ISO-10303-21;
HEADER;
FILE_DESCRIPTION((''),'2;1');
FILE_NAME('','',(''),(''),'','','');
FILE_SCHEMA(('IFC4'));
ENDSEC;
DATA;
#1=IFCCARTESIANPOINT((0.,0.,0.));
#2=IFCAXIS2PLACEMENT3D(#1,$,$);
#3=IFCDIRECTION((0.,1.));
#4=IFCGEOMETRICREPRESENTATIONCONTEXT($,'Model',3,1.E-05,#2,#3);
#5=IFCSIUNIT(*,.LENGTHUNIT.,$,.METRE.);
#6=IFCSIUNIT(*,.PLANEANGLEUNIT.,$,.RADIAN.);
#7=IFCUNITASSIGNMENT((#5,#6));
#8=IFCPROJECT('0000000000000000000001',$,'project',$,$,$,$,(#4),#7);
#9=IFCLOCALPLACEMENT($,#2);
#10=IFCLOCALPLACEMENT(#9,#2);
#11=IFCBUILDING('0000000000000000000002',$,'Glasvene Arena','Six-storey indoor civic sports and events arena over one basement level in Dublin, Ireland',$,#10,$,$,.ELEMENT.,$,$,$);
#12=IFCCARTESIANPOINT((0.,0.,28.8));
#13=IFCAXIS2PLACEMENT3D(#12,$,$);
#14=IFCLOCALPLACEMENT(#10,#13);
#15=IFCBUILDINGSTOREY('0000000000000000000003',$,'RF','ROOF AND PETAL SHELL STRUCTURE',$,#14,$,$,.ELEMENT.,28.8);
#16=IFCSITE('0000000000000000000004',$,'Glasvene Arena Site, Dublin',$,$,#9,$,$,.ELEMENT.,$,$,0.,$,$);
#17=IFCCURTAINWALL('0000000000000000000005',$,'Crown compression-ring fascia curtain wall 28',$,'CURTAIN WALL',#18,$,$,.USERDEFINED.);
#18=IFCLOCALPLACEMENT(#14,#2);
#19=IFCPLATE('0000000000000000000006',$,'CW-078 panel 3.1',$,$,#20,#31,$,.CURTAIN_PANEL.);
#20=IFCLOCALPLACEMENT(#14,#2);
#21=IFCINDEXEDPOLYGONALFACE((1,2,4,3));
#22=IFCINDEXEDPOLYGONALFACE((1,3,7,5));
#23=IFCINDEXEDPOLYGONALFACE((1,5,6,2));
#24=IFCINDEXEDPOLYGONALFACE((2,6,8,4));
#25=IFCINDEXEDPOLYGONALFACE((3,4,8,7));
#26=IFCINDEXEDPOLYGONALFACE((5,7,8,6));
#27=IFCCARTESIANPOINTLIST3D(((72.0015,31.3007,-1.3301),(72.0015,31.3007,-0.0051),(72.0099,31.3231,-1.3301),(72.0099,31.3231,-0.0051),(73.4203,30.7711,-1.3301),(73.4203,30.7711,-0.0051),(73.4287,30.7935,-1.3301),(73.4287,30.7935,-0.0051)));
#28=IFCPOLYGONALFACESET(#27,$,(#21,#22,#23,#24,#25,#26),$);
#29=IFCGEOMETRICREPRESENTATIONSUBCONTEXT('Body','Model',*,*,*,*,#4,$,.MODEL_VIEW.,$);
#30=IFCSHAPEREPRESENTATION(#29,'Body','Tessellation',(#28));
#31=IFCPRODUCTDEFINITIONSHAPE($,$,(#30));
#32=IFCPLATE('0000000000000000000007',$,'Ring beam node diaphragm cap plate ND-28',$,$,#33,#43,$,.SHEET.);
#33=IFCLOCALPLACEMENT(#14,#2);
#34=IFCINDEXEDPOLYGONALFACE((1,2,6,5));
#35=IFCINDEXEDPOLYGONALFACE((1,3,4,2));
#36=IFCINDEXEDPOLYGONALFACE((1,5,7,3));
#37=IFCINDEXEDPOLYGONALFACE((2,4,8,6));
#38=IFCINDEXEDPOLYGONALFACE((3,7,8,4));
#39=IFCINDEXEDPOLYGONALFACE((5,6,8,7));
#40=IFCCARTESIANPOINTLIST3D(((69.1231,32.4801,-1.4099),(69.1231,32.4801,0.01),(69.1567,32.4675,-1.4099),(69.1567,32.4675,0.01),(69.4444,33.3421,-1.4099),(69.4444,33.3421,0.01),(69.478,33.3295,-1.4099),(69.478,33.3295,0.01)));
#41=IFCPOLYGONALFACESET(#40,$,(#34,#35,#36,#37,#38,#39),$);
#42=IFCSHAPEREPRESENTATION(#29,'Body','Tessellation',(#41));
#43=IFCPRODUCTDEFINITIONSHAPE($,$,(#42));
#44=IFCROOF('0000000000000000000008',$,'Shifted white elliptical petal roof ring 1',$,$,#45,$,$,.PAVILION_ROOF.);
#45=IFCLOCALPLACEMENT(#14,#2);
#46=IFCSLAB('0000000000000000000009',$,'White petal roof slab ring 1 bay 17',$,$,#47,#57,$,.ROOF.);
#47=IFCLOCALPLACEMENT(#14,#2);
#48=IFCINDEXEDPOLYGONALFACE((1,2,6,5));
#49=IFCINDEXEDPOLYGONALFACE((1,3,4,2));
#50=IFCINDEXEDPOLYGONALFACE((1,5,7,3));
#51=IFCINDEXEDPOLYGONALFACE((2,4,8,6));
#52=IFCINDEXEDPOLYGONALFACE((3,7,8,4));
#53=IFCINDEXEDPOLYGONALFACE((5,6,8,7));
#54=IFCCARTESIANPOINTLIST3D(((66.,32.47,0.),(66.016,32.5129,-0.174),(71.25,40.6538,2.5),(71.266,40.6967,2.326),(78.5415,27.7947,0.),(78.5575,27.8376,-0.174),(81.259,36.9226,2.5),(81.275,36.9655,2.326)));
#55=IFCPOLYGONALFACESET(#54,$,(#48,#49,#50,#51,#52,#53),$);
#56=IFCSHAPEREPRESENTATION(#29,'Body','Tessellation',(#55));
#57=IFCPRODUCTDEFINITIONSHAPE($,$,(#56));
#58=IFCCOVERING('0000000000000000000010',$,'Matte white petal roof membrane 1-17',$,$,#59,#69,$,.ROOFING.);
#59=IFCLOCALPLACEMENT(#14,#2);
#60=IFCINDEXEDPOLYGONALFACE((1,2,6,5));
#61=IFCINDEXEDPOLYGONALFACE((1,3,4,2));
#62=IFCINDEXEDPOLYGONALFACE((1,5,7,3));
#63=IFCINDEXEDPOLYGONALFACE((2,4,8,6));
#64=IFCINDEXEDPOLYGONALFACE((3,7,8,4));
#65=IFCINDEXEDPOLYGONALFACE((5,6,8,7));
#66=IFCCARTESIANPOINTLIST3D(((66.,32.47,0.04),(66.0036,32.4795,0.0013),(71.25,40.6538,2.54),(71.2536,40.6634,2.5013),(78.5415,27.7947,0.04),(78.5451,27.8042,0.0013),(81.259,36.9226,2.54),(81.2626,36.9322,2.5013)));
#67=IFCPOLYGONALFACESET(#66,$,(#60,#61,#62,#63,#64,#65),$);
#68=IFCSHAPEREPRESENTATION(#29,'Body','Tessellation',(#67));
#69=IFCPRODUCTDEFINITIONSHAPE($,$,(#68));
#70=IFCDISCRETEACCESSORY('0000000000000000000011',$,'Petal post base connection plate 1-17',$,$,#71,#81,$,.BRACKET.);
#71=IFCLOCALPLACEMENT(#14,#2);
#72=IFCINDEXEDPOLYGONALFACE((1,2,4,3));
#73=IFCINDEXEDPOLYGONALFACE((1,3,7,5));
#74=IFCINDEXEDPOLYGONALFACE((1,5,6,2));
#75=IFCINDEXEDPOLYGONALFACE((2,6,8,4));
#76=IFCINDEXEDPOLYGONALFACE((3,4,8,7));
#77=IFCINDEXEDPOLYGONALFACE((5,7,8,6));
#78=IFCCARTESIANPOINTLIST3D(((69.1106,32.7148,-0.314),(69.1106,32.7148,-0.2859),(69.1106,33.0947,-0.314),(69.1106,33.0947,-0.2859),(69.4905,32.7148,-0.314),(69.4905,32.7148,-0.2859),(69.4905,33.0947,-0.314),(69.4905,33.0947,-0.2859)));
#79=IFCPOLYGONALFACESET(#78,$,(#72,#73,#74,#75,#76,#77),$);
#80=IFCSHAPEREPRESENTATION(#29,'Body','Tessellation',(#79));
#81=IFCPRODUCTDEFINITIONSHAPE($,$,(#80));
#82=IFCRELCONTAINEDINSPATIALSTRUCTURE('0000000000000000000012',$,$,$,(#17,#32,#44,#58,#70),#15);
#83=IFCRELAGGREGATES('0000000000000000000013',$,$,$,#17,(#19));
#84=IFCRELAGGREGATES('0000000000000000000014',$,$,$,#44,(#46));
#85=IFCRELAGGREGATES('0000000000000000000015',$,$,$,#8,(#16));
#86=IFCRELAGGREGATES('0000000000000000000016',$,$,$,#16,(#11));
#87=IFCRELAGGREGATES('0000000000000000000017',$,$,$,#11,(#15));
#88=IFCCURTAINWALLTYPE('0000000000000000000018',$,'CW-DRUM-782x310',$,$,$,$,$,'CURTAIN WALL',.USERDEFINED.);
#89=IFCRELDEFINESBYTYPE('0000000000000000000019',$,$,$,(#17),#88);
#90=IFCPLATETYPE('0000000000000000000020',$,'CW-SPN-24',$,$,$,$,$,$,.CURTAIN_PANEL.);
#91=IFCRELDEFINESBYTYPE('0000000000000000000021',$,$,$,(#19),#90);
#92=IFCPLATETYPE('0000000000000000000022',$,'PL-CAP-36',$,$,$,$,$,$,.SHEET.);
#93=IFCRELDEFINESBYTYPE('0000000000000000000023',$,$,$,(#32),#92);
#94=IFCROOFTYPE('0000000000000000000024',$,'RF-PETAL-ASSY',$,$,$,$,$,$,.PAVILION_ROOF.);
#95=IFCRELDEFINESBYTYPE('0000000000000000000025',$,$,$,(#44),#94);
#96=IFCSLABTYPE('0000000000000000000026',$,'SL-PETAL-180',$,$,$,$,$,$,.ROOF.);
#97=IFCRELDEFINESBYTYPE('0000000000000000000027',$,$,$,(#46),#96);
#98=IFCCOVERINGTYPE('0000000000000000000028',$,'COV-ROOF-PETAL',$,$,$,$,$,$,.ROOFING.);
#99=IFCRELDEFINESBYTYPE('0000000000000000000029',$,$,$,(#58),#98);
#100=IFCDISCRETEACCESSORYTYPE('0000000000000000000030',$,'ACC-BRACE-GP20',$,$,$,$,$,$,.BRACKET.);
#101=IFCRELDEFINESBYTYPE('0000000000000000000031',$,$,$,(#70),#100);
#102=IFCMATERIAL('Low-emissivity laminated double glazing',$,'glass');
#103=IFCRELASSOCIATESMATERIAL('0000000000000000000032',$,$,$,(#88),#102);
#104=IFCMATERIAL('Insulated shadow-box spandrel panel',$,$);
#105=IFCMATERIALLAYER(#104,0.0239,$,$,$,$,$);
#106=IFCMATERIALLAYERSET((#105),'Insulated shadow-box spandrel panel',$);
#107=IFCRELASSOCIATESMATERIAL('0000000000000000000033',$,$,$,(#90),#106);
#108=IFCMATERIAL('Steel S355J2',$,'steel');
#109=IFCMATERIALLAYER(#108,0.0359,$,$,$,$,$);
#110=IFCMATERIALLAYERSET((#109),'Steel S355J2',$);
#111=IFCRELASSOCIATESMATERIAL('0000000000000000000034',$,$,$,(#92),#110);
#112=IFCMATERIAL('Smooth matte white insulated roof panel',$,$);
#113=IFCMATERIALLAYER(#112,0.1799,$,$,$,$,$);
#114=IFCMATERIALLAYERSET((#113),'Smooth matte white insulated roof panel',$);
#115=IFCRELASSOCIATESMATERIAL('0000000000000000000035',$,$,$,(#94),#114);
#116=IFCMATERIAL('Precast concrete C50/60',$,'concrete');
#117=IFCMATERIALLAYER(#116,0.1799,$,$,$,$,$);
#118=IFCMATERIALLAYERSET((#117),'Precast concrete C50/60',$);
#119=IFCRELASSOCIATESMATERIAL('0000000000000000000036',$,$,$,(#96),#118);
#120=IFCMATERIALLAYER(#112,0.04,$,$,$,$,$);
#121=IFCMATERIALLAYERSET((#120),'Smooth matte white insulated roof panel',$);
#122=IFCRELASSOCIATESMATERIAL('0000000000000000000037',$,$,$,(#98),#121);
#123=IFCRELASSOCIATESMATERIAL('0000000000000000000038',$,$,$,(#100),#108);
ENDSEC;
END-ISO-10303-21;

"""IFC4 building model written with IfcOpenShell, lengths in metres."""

from ifc_helpers import new_model, si_unit, direction, frame, origin, origin_2d, place, context, subcontext, project, spatial, polyline, rectangle, outline, extrude, material, layer, layer_set, type_object, element, aggregate, save


model = new_model("IFC4")

# Units and contexts
model_context = context("Model", 3, precision=1e-05, world=origin(), true_north=direction((0.0, 1.0)))
body_context = subcontext(model_context, "Body", "Model", "MODEL_VIEW")
ifc_project = project(units=[si_unit("LENGTHUNIT", "METRE"), si_unit("PLANEANGLEUNIT", "RADIAN")], contexts=[model_context])

# Site, building, storey
site_placement = place(None, origin())
site = spatial("IfcSite", under=ifc_project, at=site_placement, Name="Glasvene Arena Site, Dublin", CompositionType="ELEMENT", RefElevation=0.0)
building_placement = place(site_placement, origin())
building = spatial("IfcBuilding", under=site, at=building_placement, Name="Glasvene Arena", Description="Six-storey indoor civic sports and events arena over one basement level in Dublin, Ireland", CompositionType="ELEMENT")
storey_placement = place(building_placement, frame((0.0, 0.0, 28.8)))
storey = spatial("IfcBuildingStorey", under=building, at=storey_placement, Name="RF", Description="ROOF AND PETAL SHELL STRUCTURE", CompositionType="ELEMENT", Elevation=28.8)

# Shared definitions
ifc_material_1 = material(Name="Steel S355J2", Category="steel")

# Curtain wall
ifc_material_2 = material(Name="Low-emissivity laminated double glazing", Category="glass")
curtain_wall_type_1 = type_object("IfcCurtainWallType", Name="CW-DRUM-782x310", ElementType="CURTAIN WALL", PredefinedType="USERDEFINED", material=ifc_material_2)
curtain_wall_1_placement = place(storey_placement, frame((69.0508, 32.4148, 0.0)))
curtain_wall_1 = element("IfcCurtainWall", 1, at=curtain_wall_1_placement, inside=storey, type_object=curtain_wall_type_1, Name="Crown compression-ring fascia curtain wall 28", ObjectType="CURTAIN WALL", PredefinedType="USERDEFINED")

# Plates
ifc_material_3 = material(Name="Insulated shadow-box spandrel panel")
ifc_layer_1 = layer(ifc_material_3, 0.0239)
ifc_layer_set_1 = layer_set([ifc_layer_1], Name="Insulated shadow-box spandrel panel")
plate_type_1 = type_object("IfcPlateType", Name="CW-SPN-24", PredefinedType="CURTAIN_PANEL", material=ifc_layer_set_1)
plate_1_placement = place(storey_placement, frame((72.7151, 31.0471, -1.3301), z_axis=(0.0, 0.0, 1.0), x_axis=(0.936868, -0.349683, 0.0)))
plate_1 = element("IfcPlate", 2, at=plate_1_placement, type_object=plate_type_1, Name="CW-078 panel 3.1", PredefinedType="CURTAIN_PANEL", context=body_context, shape_type="SweptSolid", body=[
    extrude(rectangle(XDim=1.5144, YDim=0.0239, at=origin_2d()), origin(), (0.0, 0.0, 1.0), 1.325),
])
aggregate(curtain_wall_1, [plate_1])
ifc_layer_2 = layer(ifc_material_1, 0.0359)
ifc_layer_set_2 = layer_set([ifc_layer_2], Name="Steel S355J2")
plate_type_2 = type_object("IfcPlateType", Name="PL-CAP-36", PredefinedType="SHEET", material=ifc_layer_set_2)
plate_2_placement = place(storey_placement, frame((69.3005, 32.9048, -1.4099), z_axis=(0.0, 0.0, 1.0), x_axis=(0.937038, -0.349226, 0.0)))
element("IfcPlate", 3, at=plate_2_placement, inside=storey, type_object=plate_type_2, Name="Ring beam node diaphragm cap plate ND-28", PredefinedType="SHEET", context=body_context, shape_type="SweptSolid", body=[
    extrude(rectangle(XDim=0.0359, YDim=0.9199, at=origin_2d()), origin(), (0.0, 0.0, 1.0), 1.4199),
])

# Roof, slab
ifc_material_4 = material(Name="Smooth matte white insulated roof panel")
ifc_layer_3 = layer(ifc_material_4, 0.1799)
ifc_layer_set_3 = layer_set([ifc_layer_3], Name="Smooth matte white insulated roof panel")
roof_type = type_object("IfcRoofType", Name="RF-PETAL-ASSY", PredefinedType="PAVILION_ROOF", material=ifc_layer_set_3)
roof_placement = place(storey_placement, frame((92.0, 73.0, 0.0)))
roof = element("IfcRoof", 4, at=roof_placement, inside=storey, type_object=roof_type, Name="Shifted white elliptical petal roof ring 1", PredefinedType="PAVILION_ROOF")
ifc_material_5 = material(Name="Precast concrete C50/60", Category="concrete")
ifc_layer_4 = layer(ifc_material_5, 0.1799)
ifc_layer_set_4 = layer_set([ifc_layer_4], Name="Precast concrete C50/60")
slab_type = type_object("IfcSlabType", Name="SL-PETAL-180", PredefinedType="ROOF", material=ifc_layer_set_4)
slab_placement = place(storey_placement, frame((66.0, 32.47, 0.0), z_axis=(-0.088876, -0.238411, 0.967089), x_axis=(0.93701, -0.349304, 0.0)))
slab = element("IfcSlab", 5, at=slab_placement, type_object=slab_type, Name="White petal roof slab ring 1 bay 17", PredefinedType="ROOF", context=body_context, shape_type="SweptSolid", body=[
    extrude(outline(polyline([(0.0, 0.0), (13.3846, 0.0), (12.7425, 9.8256), (2.0607, 9.8255), (0.0, 0.0)])), origin(), (0.0, 0.0, -1.0), 0.1799),
])
aggregate(roof, [slab])

# Covering
ifc_layer_5 = layer(ifc_material_4, 0.04)
ifc_layer_set_5 = layer_set([ifc_layer_5], Name="Smooth matte white insulated roof panel")
covering_type = type_object("IfcCoveringType", Name="COV-ROOF-PETAL", PredefinedType="ROOFING", material=ifc_layer_set_5)
covering_placement = place(storey_placement, frame((66.0, 32.47, 0.04), z_axis=(-0.088876, -0.238411, 0.967089), x_axis=(0.93701, -0.349304, 0.0)))
element("IfcCovering", 6, at=covering_placement, inside=storey, type_object=covering_type, Name="Matte white petal roof membrane 1-17", PredefinedType="ROOFING", context=body_context, shape_type="SweptSolid", body=[
    extrude(outline(polyline([(0.0, 0.0), (13.3846, 0.0), (12.7425, 9.8256), (2.0607, 9.8255), (0.0, 0.0)])), origin(), (0.0, 0.0, -1.0), 0.04),
])

# Discrete accessory
discrete_accessory_type = type_object("IfcDiscreteAccessoryType", Name="ACC-BRACE-GP20", PredefinedType="BRACKET", material=ifc_material_1)
discrete_accessory_placement = place(storey_placement, frame((69.3005, 32.9048, -0.314), z_axis=(0.0, 0.0, 1.0), x_axis=(1.0, 0.0, 0.0)))
element("IfcDiscreteAccessory", 7, at=discrete_accessory_placement, inside=storey, type_object=discrete_accessory_type, Name="Petal post base connection plate 1-17", PredefinedType="BRACKET", context=body_context, shape_type="SweptSolid", body=[
    extrude(rectangle(XDim=0.3799, YDim=0.3799, at=origin_2d()), origin(), (0.0, 0.0, 1.0), 0.0281),
])

save(model, "model.ifc")
